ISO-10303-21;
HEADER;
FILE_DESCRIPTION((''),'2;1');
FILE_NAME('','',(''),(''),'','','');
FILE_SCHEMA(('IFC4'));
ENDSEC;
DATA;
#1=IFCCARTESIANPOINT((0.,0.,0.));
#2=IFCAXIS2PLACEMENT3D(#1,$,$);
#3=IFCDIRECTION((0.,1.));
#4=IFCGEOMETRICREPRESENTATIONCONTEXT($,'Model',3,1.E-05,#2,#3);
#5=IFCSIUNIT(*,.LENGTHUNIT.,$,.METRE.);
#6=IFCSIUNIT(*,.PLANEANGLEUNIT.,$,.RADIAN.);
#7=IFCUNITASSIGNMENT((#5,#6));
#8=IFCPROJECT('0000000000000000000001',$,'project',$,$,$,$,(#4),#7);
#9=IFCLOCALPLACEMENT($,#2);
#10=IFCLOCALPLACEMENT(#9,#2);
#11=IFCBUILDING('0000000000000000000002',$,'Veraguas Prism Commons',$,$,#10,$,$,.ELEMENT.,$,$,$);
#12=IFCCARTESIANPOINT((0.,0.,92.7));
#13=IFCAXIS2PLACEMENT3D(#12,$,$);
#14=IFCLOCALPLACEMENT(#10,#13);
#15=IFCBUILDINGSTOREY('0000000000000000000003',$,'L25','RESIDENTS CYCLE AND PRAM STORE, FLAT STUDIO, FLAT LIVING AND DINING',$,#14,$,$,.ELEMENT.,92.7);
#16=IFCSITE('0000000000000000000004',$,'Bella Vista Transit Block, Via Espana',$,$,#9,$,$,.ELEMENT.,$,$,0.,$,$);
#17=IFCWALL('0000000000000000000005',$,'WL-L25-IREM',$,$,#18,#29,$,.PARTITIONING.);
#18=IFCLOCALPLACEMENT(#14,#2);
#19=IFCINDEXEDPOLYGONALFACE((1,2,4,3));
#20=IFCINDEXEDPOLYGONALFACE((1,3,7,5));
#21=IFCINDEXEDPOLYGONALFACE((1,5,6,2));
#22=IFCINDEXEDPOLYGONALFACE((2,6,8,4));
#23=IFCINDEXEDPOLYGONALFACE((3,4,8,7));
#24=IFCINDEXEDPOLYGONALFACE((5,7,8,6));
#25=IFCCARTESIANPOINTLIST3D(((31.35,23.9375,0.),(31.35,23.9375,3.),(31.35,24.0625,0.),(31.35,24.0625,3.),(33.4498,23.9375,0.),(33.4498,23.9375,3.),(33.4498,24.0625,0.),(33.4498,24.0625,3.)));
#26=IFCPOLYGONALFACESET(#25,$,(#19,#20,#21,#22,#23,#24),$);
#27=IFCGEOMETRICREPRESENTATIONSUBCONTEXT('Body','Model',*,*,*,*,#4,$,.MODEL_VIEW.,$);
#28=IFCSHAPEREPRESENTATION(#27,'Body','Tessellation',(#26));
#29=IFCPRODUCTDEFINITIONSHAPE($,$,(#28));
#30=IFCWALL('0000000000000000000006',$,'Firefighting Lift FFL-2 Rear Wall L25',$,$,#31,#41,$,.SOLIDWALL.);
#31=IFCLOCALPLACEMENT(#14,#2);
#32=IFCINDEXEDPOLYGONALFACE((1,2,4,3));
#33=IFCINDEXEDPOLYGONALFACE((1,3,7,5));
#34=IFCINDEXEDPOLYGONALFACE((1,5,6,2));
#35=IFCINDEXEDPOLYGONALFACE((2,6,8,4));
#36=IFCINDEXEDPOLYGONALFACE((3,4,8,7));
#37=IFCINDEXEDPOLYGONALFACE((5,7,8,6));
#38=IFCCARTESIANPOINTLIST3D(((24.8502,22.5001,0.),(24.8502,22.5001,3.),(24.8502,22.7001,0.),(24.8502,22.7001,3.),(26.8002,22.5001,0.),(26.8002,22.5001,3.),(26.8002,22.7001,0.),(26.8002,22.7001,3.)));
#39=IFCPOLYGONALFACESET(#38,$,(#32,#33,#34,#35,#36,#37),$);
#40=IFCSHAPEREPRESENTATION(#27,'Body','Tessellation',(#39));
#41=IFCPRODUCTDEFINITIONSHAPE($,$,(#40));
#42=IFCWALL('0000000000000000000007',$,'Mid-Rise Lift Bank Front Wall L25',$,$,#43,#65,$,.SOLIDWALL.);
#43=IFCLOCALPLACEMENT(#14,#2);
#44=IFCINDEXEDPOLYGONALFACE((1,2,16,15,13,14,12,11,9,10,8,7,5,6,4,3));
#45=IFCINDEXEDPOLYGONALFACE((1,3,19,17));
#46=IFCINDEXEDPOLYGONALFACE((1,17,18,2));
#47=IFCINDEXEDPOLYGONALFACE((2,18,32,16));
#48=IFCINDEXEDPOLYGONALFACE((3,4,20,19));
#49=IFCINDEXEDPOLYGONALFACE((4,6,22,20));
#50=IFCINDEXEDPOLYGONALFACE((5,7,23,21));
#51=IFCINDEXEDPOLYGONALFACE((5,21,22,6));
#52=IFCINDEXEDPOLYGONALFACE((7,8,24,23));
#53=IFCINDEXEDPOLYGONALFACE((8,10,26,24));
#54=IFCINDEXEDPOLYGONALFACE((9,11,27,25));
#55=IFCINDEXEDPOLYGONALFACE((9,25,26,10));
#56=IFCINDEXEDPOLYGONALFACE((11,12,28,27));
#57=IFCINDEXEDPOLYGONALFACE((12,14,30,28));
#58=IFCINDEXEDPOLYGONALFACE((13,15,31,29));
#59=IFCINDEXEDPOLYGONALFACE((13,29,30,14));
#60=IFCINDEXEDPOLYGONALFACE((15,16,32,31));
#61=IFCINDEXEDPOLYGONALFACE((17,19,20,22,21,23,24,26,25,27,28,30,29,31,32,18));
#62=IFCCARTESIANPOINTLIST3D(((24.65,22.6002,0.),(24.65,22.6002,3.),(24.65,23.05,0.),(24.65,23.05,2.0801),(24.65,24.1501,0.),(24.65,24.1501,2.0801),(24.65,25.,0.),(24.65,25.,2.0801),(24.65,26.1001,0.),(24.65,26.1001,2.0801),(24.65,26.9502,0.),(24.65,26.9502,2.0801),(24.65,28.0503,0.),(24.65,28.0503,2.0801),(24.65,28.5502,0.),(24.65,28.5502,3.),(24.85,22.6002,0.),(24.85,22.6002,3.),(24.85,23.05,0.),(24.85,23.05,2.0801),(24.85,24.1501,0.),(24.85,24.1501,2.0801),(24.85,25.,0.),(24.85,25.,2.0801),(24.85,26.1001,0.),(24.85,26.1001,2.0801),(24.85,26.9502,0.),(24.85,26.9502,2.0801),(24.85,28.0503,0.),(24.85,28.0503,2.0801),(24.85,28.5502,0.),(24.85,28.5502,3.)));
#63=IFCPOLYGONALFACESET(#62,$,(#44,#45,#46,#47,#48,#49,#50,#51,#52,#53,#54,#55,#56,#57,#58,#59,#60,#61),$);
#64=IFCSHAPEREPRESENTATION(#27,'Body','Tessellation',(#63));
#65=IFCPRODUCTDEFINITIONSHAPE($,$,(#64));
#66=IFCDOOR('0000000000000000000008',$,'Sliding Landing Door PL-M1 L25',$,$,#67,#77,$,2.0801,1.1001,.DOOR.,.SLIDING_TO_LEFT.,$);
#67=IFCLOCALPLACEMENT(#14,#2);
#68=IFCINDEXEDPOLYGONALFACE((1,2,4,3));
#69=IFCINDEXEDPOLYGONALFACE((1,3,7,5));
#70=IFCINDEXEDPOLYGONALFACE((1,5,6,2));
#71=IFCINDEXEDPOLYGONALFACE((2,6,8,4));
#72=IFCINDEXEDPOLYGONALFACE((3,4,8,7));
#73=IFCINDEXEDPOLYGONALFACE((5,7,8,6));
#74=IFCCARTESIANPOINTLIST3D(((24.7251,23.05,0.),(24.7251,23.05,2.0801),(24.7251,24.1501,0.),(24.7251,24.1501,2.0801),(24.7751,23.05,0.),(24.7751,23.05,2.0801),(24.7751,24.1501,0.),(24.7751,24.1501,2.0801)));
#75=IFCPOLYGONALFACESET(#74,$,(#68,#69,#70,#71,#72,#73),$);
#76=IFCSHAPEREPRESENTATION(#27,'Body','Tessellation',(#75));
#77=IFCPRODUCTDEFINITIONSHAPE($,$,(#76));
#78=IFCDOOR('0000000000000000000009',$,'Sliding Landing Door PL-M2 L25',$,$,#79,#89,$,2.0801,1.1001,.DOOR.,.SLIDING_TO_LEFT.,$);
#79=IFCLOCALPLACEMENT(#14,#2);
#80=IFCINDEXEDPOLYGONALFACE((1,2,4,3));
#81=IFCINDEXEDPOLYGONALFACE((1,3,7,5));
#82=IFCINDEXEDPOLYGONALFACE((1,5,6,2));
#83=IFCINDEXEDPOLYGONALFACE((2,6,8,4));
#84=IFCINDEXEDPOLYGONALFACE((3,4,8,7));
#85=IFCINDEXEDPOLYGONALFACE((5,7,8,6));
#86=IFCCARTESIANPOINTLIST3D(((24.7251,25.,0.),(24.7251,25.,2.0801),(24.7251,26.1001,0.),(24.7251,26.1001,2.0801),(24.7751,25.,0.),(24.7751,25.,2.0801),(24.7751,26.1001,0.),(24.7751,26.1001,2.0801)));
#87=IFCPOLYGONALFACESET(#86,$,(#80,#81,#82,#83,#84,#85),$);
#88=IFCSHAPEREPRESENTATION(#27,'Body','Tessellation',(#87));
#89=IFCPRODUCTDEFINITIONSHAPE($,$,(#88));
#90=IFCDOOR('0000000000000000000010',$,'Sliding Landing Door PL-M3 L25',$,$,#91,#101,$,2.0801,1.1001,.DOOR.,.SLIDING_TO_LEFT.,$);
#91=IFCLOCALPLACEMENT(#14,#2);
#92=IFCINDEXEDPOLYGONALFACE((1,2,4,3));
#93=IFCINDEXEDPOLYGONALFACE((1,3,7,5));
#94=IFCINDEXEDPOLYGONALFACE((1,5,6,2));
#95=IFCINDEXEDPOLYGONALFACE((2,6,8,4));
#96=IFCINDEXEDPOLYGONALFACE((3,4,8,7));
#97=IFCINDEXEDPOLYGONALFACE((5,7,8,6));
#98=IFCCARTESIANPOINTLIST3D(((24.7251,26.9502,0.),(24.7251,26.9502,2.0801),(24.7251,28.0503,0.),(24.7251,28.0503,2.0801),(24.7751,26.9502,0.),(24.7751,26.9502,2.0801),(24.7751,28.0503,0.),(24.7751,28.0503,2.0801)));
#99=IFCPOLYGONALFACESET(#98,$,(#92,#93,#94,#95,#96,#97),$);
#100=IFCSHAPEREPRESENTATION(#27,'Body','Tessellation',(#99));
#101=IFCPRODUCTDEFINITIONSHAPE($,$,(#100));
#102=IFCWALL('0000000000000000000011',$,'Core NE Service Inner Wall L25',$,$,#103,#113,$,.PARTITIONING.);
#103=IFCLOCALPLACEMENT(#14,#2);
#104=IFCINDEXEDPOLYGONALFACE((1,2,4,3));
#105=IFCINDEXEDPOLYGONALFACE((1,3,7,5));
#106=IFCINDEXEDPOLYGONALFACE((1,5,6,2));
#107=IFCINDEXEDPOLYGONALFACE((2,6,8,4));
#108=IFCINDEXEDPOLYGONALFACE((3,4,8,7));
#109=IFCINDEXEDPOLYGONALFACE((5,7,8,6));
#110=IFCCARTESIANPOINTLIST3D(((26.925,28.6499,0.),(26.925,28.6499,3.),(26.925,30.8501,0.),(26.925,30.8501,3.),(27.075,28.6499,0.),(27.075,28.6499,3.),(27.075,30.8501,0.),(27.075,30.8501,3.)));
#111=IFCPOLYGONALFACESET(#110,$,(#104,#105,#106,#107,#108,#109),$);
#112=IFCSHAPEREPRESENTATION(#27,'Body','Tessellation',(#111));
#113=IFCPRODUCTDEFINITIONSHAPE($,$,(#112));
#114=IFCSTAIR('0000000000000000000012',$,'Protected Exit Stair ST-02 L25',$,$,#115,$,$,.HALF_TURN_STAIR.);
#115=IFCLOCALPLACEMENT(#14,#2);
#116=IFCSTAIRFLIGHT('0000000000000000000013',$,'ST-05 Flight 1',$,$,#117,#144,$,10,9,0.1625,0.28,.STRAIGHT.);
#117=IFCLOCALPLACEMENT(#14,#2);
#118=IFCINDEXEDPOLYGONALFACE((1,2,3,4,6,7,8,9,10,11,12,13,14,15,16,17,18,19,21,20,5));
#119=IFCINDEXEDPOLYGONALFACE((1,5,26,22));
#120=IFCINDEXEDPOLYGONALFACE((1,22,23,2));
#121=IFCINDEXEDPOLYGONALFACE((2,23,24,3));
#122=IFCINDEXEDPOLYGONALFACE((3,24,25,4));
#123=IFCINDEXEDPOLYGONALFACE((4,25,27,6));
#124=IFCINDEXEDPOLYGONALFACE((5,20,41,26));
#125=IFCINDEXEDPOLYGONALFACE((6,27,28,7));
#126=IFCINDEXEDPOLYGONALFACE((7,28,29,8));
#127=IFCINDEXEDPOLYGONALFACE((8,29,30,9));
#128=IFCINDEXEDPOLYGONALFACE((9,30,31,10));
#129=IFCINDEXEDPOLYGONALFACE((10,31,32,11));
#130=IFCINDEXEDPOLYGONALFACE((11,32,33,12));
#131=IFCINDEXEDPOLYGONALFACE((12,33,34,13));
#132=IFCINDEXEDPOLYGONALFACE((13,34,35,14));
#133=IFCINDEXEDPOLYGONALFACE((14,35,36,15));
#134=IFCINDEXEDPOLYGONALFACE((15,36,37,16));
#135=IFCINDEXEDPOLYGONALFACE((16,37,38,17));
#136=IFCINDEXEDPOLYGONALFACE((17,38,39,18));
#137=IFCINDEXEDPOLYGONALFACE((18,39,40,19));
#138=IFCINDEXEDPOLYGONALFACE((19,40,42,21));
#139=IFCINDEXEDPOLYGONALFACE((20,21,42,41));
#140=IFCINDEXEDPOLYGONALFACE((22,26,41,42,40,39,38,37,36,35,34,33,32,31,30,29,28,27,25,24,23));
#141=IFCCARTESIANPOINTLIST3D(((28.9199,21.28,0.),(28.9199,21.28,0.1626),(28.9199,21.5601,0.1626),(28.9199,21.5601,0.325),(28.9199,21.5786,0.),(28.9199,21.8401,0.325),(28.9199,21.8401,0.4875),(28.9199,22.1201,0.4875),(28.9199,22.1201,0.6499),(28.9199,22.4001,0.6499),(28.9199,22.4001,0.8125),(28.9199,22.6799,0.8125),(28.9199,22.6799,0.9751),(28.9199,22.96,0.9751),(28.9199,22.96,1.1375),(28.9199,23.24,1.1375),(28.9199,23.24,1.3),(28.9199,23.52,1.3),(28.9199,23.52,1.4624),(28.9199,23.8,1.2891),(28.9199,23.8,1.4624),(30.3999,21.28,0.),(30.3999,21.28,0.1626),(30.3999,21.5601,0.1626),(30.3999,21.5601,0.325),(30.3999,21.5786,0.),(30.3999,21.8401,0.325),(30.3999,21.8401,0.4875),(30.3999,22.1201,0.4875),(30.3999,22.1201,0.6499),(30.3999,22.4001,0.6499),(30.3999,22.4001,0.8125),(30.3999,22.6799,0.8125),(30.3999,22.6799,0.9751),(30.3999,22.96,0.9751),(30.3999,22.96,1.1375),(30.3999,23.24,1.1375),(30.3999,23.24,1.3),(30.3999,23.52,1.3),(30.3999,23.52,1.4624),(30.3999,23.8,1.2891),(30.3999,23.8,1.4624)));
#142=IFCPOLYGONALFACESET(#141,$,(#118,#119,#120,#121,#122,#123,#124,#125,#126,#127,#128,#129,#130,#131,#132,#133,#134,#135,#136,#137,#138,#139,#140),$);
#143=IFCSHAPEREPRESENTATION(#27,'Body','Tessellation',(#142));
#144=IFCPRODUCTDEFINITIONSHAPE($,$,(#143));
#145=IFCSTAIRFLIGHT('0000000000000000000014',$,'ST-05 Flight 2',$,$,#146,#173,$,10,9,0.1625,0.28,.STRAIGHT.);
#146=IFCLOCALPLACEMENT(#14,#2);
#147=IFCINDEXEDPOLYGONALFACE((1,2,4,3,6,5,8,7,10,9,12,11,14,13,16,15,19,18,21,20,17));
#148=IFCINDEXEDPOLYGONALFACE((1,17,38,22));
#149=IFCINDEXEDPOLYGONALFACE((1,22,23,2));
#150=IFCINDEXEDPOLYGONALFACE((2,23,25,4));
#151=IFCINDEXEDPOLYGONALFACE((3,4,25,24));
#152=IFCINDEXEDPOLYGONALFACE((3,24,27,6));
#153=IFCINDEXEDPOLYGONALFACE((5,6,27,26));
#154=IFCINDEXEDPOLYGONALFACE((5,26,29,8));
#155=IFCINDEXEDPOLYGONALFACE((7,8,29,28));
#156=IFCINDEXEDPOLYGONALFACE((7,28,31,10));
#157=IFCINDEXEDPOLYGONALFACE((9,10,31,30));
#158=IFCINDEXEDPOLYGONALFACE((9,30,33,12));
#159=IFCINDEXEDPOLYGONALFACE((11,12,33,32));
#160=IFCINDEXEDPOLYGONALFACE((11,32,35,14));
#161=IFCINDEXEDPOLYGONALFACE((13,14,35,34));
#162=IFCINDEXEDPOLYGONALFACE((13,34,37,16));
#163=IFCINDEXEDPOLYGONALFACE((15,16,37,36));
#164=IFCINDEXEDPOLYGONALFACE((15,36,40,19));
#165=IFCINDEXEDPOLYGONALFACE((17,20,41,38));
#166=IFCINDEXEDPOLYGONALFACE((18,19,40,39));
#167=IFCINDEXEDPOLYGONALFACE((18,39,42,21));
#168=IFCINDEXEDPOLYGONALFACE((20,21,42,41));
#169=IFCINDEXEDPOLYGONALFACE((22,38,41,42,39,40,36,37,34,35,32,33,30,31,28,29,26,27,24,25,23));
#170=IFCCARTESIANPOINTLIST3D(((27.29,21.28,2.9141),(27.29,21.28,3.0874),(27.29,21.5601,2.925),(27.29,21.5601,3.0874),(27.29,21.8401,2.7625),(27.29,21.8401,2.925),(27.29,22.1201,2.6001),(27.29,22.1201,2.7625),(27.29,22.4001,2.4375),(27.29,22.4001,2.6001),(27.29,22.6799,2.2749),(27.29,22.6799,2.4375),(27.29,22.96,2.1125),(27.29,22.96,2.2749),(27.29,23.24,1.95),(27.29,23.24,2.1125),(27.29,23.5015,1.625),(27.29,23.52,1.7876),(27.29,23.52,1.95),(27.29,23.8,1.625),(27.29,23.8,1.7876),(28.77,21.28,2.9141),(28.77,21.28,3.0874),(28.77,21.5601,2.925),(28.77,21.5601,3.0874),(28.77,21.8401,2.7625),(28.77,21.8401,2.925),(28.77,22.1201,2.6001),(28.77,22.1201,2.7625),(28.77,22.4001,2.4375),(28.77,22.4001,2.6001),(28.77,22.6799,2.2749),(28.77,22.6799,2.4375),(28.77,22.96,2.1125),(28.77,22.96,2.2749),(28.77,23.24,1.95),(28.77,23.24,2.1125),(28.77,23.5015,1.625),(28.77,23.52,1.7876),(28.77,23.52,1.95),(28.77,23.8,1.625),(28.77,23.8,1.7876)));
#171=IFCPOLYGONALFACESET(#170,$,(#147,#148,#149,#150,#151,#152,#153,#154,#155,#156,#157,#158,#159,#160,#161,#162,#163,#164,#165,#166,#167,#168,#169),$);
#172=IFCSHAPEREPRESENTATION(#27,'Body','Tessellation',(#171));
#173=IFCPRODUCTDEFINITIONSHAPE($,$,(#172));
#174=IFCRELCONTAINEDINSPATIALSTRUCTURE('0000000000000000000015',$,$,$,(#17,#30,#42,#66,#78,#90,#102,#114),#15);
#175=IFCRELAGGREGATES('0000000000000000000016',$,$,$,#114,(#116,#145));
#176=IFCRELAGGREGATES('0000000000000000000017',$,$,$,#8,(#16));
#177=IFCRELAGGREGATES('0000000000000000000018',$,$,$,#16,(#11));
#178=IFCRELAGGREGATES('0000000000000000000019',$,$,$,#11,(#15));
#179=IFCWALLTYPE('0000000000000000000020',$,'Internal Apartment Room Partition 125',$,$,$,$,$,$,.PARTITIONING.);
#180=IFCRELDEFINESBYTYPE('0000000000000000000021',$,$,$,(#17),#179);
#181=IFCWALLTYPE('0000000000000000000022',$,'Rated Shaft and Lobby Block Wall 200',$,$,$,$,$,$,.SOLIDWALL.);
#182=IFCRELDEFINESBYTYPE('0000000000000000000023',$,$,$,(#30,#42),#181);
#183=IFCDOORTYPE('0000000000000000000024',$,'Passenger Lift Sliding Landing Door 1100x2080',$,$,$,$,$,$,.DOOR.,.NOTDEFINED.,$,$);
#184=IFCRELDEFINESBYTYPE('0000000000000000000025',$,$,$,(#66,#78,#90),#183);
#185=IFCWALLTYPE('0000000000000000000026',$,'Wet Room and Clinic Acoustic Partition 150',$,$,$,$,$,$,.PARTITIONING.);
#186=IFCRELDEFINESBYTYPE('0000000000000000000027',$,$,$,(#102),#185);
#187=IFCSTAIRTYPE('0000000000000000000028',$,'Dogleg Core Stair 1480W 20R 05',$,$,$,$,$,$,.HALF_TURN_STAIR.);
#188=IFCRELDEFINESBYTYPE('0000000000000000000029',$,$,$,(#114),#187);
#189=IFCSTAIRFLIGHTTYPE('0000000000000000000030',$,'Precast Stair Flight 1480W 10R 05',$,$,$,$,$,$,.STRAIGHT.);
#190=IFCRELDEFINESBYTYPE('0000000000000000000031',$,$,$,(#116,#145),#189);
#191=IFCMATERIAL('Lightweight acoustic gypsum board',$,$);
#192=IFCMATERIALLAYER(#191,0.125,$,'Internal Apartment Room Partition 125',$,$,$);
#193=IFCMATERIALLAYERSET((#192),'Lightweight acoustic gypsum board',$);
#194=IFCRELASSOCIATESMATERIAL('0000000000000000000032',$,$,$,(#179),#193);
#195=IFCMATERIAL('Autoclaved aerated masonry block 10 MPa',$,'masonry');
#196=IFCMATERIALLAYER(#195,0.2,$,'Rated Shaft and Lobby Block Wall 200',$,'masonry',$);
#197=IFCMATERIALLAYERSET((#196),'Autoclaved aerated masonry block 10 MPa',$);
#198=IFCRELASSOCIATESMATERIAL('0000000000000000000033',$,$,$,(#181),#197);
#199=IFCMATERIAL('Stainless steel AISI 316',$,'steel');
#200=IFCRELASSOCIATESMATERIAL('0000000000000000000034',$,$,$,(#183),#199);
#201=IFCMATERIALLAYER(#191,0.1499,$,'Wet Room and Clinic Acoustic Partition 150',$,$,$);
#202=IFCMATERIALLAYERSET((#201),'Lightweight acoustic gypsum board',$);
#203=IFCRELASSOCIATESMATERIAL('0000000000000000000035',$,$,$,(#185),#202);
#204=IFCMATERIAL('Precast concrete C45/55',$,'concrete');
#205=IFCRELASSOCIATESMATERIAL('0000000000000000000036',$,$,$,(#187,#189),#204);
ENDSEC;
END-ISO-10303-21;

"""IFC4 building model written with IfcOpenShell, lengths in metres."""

from ifc_helpers import new_model, si_unit, direction, frame, frame_2d, origin, place, context, subcontext, project, spatial, polyline, rectangle, outline, extrude, source, transform, mapped, material, layer, layer_set, type_object, element, fill, aggregate, save


model = new_model("IFC4")

# Units and contexts
model_context = context("Model", 3, precision=1e-05, world=origin(), true_north=direction((0.0, 1.0)))
body_context = subcontext(model_context, "Body", "Model", "MODEL_VIEW")
ifc_project = project(units=[si_unit("LENGTHUNIT", "METRE"), si_unit("PLANEANGLEUNIT", "RADIAN")], contexts=[model_context])

# Site, building, storey
site_placement = place(None, origin())
site = spatial("IfcSite", under=ifc_project, at=site_placement, Name="Bella Vista Transit Block, Via Espana", CompositionType="ELEMENT", RefElevation=0.0)
building_placement = place(site_placement, origin())
building = spatial("IfcBuilding", under=site, at=building_placement, Name="Veraguas Prism Commons", CompositionType="ELEMENT")
storey_placement = place(building_placement, frame((0.0, 0.0, 92.7)))
storey = spatial("IfcBuildingStorey", under=building, at=storey_placement, Name="L25", Description="RESIDENTS CYCLE AND PRAM STORE, FLAT STUDIO, FLAT LIVING AND DINING", CompositionType="ELEMENT", Elevation=92.7)

# Shared definitions
ifc_material_1 = material(Name="Autoclaved aerated masonry block 10 MPa", Category="masonry")

# Walls
ifc_material_2 = material(Name="Lightweight acoustic gypsum board")
ifc_layer_1 = layer(ifc_material_2, 0.125, Name="Internal Apartment Room Partition 125")
ifc_layer_set_1 = layer_set([ifc_layer_1], Name="Lightweight acoustic gypsum board")
wall_type_1 = type_object("IfcWallType", Name="Internal Apartment Room Partition 125", PredefinedType="PARTITIONING", material=ifc_layer_set_1)
wall_1_placement = place(storey_placement, frame((31.3501, 24.0, 0.0), z_axis=(0.0, 0.0, 1.0), x_axis=(1.0, 0.0, 0.0)))
element("IfcWall", 1, at=wall_1_placement, inside=storey, type_object=wall_type_1, Name="WL-L25-IREM", PredefinedType="PARTITIONING", context=body_context, shape_type="SweptSolid", body=[
    extrude(rectangle(XDim=2.0999, YDim=0.125, at=frame_2d((1.0498, 0.0))), origin(), (0.0, 0.0, 1.0), 3.0),
])
ifc_layer_2 = layer(ifc_material_1, 0.2, Name="Rated Shaft and Lobby Block Wall 200", Category="masonry")
ifc_layer_set_2 = layer_set([ifc_layer_2], Name="Autoclaved aerated masonry block 10 MPa")
wall_type_2 = type_object("IfcWallType", Name="Rated Shaft and Lobby Block Wall 200", PredefinedType="SOLIDWALL", material=ifc_layer_set_2)
wall_2_placement = place(storey_placement, frame((24.8501, 22.6001, 0.0), z_axis=(0.0, 0.0, 1.0), x_axis=(1.0, 0.0, 0.0)))
element("IfcWall", 2, at=wall_2_placement, inside=storey, type_object=wall_type_2, Name="Firefighting Lift FFL-2 Rear Wall L25", PredefinedType="SOLIDWALL", context=body_context, shape_type="SweptSolid", body=[
    extrude(rectangle(XDim=1.95, YDim=0.2, at=frame_2d((0.9751, 0.0))), origin(), (0.0, 0.0, 1.0), 3.0),
])

# Wall, openings, doors
wall_3_placement = place(storey_placement, frame((24.75, 22.6001, 0.0), z_axis=(0.0, 0.0, 1.0), x_axis=(0.0, 1.0, 0.0)))
wall_3 = element("IfcWall", 3, at=wall_3_placement, inside=storey, type_object=wall_type_2, Name="Mid-Rise Lift Bank Front Wall L25", PredefinedType="SOLIDWALL", context=body_context, shape_type="SweptSolid", body=[
    extrude(rectangle(XDim=5.95, YDim=0.2, at=frame_2d((2.9751, 0.0))), origin(), (0.0, 0.0, 1.0), 3.0),
])
opening_1_placement = place(wall_3_placement, frame((0.45, 0.0, 0.0)))
opening_1 = element("IfcOpeningElement", 4, at=opening_1_placement, cuts=wall_3, PredefinedType="OPENING", context=body_context, shape_type="SweptSolid", body=[
    extrude(rectangle(XDim=1.1001, YDim=2.0801, at=frame_2d((0.55, 1.04))), frame((0.0, 0.1099, 0.0), z_axis=(0.0, -1.0, 0.0), x_axis=(1.0, 0.0, 0.0)), (0.0, 0.0, 1.0), 0.22),
])
opening_2_placement = place(wall_3_placement, frame((2.3999, 0.0, 0.0)))
opening_2 = element("IfcOpeningElement", 5, at=opening_2_placement, cuts=wall_3, PredefinedType="OPENING", context=body_context, shape_type="SweptSolid", body=[
    extrude(rectangle(XDim=1.1001, YDim=2.0801, at=frame_2d((0.55, 1.04))), frame((0.0, 0.1099, 0.0), z_axis=(0.0, -1.0, 0.0), x_axis=(1.0, 0.0, 0.0)), (0.0, 0.0, 1.0), 0.22),
])
opening_3_placement = place(wall_3_placement, frame((4.3501, 0.0, 0.0)))
opening_3 = element("IfcOpeningElement", 6, at=opening_3_placement, cuts=wall_3, PredefinedType="OPENING", context=body_context, shape_type="SweptSolid", body=[
    extrude(rectangle(XDim=1.1001, YDim=2.0801, at=frame_2d((0.55, 1.04))), frame((0.0, 0.1099, 0.0), z_axis=(0.0, -1.0, 0.0), x_axis=(1.0, 0.0, 0.0)), (0.0, 0.0, 1.0), 0.22),
])
ifc_material_3 = material(Name="Stainless steel AISI 316", Category="steel")
door_type_1 = type_object("IfcDoorType", Name="Passenger Lift Sliding Landing Door 1100x2080", OperationType="NOTDEFINED", PredefinedType="DOOR", material=ifc_material_3)
shared_shape_1 = source(origin(), body_context, "Body", "SweptSolid", [
    extrude(rectangle(XDim=1.1001, YDim=2.0801, at=frame_2d((0.55, 1.04))), frame((0.0, 0.0249, 0.0), z_axis=(0.0, -1.0, 0.0), x_axis=(1.0, 0.0, 0.0)), (0.0, 0.0, 1.0), 0.05),
])
door_1_placement = place(opening_1_placement, origin())
door_1 = element("IfcDoor", 7, at=door_1_placement, inside=storey, type_object=door_type_1, Name="Sliding Landing Door PL-M1 L25", OperationType="SLIDING_TO_LEFT", OverallHeight=2.0801, OverallWidth=1.1001, PredefinedType="DOOR", context=body_context, shape_type="MappedRepresentation", body=[
    mapped(shared_shape_1, transform((0.0, 0.0, 0.0), scale=1.0)),
])
fill(opening_1, door_1)
door_2_placement = place(opening_2_placement, origin())
door_2 = element("IfcDoor", 8, at=door_2_placement, inside=storey, type_object=door_type_1, Name="Sliding Landing Door PL-M2 L25", OperationType="SLIDING_TO_LEFT", OverallHeight=2.0801, OverallWidth=1.1001, PredefinedType="DOOR", context=body_context, shape_type="MappedRepresentation", body=[
    mapped(shared_shape_1, transform((0.0, 0.0, 0.0), scale=1.0)),
])
fill(opening_2, door_2)
door_3_placement = place(opening_3_placement, origin())
door_3 = element("IfcDoor", 9, at=door_3_placement, inside=storey, type_object=door_type_1, Name="Sliding Landing Door PL-M3 L25", OperationType="SLIDING_TO_LEFT", OverallHeight=2.0801, OverallWidth=1.1001, PredefinedType="DOOR", context=body_context, shape_type="MappedRepresentation", body=[
    mapped(shared_shape_1, transform((0.0, 0.0, 0.0), scale=1.0)),
])
fill(opening_3, door_3)

# Wall
ifc_layer_3 = layer(ifc_material_2, 0.1499, Name="Wet Room and Clinic Acoustic Partition 150")
ifc_layer_set_3 = layer_set([ifc_layer_3], Name="Lightweight acoustic gypsum board")
wall_type_3 = type_object("IfcWallType", Name="Wet Room and Clinic Acoustic Partition 150", PredefinedType="PARTITIONING", material=ifc_layer_set_3)
wall_4_placement = place(storey_placement, frame((27.0, 28.6499, 0.0), z_axis=(0.0, 0.0, 1.0), x_axis=(0.0, 1.0, 0.0)))
element("IfcWall", 10, at=wall_4_placement, inside=storey, type_object=wall_type_3, Name="Core NE Service Inner Wall L25", PredefinedType="PARTITIONING", context=body_context, shape_type="SweptSolid", body=[
    extrude(rectangle(XDim=2.2002, YDim=0.1499, at=frame_2d((1.1001, 0.0))), origin(), (0.0, 0.0, 1.0), 3.0),
])

# Stair, stair flights
ifc_material_4 = material(Name="Precast concrete C45/55", Category="concrete")
stair_type = type_object("IfcStairType", Name="Dogleg Core Stair 1480W 20R 05", PredefinedType="HALF_TURN_STAIR", material=ifc_material_4)
stair_placement = place(storey_placement, origin())
stair = element("IfcStair", 11, at=stair_placement, inside=storey, type_object=stair_type, Name="Protected Exit Stair ST-02 L25", PredefinedType="HALF_TURN_STAIR")
stair_flight_type = type_object("IfcStairFlightType", Name="Precast Stair Flight 1480W 10R 05", PredefinedType="STRAIGHT", material=ifc_material_4)
stair_flight_1_placement = place(storey_placement, frame((29.6599, 21.28, 0.0), z_axis=(0.0, 0.0, 1.0), x_axis=(0.0, 1.0, 0.0)))
stair_flight_1 = element("IfcStairFlight", 12, at=stair_flight_1_placement, type_object=stair_flight_type, Name="ST-05 Flight 1", NumberOfRisers=10, NumberOfTreads=9, PredefinedType="STRAIGHT", RiserHeight=0.1625, TreadLength=0.28, context=body_context, shape_type="SweptSolid", body=[
    extrude(outline(polyline([(0.0, 0.0), (0.0, 0.1626), (0.28, 0.1626), (0.28, 0.325), (0.5601, 0.325), (0.5601, 0.4875), (0.8401, 0.4875), (0.8401, 0.6499), (1.1201, 0.6499), (1.1201, 0.8125), (1.3999, 0.8125), (1.3999, 0.9751), (1.6799, 0.9751), (1.6799, 1.1375), (1.96, 1.1375), (1.96, 1.3), (2.24, 1.3), (2.24, 1.4624), (2.52, 1.4624), (2.52, 1.625), (2.52, 1.2891), (0.2986, 0.0), (0.0, 0.0)])), frame((0.0, 0.74, 0.0), z_axis=(0.0, -1.0, 0.0), x_axis=(1.0, 0.0, 0.0)), (0.0, 0.0, 1.0), 1.48),
])
stair_flight_2_placement = place(storey_placement, frame((28.03, 23.8, 1.625), z_axis=(0.0, 0.0, 1.0), x_axis=(0.0, -1.0, 0.0)))
stair_flight_2 = element("IfcStairFlight", 13, at=stair_flight_2_placement, type_object=stair_flight_type, Name="ST-05 Flight 2", NumberOfRisers=10, NumberOfTreads=9, PredefinedType="STRAIGHT", RiserHeight=0.1625, TreadLength=0.28, context=body_context, shape_type="SweptSolid", body=[
    extrude(outline(polyline([(0.0, 0.0), (0.0, 0.1626), (0.28, 0.1626), (0.28, 0.325), (0.5601, 0.325), (0.5601, 0.4875), (0.8401, 0.4875), (0.8401, 0.6499), (1.1201, 0.6499), (1.1201, 0.8125), (1.3999, 0.8125), (1.3999, 0.9751), (1.6799, 0.9751), (1.6799, 1.1375), (1.96, 1.1375), (1.96, 1.3), (2.24, 1.3), (2.24, 1.4624), (2.52, 1.4624), (2.52, 1.625), (2.52, 1.2891), (0.2986, 0.0), (0.0, 0.0)])), frame((0.0, 0.74, 0.0), z_axis=(0.0, -1.0, 0.0), x_axis=(1.0, 0.0, 0.0)), (0.0, 0.0, 1.0), 1.48),
])
aggregate(stair, [stair_flight_1, stair_flight_2])

save(model, "model.ifc")
